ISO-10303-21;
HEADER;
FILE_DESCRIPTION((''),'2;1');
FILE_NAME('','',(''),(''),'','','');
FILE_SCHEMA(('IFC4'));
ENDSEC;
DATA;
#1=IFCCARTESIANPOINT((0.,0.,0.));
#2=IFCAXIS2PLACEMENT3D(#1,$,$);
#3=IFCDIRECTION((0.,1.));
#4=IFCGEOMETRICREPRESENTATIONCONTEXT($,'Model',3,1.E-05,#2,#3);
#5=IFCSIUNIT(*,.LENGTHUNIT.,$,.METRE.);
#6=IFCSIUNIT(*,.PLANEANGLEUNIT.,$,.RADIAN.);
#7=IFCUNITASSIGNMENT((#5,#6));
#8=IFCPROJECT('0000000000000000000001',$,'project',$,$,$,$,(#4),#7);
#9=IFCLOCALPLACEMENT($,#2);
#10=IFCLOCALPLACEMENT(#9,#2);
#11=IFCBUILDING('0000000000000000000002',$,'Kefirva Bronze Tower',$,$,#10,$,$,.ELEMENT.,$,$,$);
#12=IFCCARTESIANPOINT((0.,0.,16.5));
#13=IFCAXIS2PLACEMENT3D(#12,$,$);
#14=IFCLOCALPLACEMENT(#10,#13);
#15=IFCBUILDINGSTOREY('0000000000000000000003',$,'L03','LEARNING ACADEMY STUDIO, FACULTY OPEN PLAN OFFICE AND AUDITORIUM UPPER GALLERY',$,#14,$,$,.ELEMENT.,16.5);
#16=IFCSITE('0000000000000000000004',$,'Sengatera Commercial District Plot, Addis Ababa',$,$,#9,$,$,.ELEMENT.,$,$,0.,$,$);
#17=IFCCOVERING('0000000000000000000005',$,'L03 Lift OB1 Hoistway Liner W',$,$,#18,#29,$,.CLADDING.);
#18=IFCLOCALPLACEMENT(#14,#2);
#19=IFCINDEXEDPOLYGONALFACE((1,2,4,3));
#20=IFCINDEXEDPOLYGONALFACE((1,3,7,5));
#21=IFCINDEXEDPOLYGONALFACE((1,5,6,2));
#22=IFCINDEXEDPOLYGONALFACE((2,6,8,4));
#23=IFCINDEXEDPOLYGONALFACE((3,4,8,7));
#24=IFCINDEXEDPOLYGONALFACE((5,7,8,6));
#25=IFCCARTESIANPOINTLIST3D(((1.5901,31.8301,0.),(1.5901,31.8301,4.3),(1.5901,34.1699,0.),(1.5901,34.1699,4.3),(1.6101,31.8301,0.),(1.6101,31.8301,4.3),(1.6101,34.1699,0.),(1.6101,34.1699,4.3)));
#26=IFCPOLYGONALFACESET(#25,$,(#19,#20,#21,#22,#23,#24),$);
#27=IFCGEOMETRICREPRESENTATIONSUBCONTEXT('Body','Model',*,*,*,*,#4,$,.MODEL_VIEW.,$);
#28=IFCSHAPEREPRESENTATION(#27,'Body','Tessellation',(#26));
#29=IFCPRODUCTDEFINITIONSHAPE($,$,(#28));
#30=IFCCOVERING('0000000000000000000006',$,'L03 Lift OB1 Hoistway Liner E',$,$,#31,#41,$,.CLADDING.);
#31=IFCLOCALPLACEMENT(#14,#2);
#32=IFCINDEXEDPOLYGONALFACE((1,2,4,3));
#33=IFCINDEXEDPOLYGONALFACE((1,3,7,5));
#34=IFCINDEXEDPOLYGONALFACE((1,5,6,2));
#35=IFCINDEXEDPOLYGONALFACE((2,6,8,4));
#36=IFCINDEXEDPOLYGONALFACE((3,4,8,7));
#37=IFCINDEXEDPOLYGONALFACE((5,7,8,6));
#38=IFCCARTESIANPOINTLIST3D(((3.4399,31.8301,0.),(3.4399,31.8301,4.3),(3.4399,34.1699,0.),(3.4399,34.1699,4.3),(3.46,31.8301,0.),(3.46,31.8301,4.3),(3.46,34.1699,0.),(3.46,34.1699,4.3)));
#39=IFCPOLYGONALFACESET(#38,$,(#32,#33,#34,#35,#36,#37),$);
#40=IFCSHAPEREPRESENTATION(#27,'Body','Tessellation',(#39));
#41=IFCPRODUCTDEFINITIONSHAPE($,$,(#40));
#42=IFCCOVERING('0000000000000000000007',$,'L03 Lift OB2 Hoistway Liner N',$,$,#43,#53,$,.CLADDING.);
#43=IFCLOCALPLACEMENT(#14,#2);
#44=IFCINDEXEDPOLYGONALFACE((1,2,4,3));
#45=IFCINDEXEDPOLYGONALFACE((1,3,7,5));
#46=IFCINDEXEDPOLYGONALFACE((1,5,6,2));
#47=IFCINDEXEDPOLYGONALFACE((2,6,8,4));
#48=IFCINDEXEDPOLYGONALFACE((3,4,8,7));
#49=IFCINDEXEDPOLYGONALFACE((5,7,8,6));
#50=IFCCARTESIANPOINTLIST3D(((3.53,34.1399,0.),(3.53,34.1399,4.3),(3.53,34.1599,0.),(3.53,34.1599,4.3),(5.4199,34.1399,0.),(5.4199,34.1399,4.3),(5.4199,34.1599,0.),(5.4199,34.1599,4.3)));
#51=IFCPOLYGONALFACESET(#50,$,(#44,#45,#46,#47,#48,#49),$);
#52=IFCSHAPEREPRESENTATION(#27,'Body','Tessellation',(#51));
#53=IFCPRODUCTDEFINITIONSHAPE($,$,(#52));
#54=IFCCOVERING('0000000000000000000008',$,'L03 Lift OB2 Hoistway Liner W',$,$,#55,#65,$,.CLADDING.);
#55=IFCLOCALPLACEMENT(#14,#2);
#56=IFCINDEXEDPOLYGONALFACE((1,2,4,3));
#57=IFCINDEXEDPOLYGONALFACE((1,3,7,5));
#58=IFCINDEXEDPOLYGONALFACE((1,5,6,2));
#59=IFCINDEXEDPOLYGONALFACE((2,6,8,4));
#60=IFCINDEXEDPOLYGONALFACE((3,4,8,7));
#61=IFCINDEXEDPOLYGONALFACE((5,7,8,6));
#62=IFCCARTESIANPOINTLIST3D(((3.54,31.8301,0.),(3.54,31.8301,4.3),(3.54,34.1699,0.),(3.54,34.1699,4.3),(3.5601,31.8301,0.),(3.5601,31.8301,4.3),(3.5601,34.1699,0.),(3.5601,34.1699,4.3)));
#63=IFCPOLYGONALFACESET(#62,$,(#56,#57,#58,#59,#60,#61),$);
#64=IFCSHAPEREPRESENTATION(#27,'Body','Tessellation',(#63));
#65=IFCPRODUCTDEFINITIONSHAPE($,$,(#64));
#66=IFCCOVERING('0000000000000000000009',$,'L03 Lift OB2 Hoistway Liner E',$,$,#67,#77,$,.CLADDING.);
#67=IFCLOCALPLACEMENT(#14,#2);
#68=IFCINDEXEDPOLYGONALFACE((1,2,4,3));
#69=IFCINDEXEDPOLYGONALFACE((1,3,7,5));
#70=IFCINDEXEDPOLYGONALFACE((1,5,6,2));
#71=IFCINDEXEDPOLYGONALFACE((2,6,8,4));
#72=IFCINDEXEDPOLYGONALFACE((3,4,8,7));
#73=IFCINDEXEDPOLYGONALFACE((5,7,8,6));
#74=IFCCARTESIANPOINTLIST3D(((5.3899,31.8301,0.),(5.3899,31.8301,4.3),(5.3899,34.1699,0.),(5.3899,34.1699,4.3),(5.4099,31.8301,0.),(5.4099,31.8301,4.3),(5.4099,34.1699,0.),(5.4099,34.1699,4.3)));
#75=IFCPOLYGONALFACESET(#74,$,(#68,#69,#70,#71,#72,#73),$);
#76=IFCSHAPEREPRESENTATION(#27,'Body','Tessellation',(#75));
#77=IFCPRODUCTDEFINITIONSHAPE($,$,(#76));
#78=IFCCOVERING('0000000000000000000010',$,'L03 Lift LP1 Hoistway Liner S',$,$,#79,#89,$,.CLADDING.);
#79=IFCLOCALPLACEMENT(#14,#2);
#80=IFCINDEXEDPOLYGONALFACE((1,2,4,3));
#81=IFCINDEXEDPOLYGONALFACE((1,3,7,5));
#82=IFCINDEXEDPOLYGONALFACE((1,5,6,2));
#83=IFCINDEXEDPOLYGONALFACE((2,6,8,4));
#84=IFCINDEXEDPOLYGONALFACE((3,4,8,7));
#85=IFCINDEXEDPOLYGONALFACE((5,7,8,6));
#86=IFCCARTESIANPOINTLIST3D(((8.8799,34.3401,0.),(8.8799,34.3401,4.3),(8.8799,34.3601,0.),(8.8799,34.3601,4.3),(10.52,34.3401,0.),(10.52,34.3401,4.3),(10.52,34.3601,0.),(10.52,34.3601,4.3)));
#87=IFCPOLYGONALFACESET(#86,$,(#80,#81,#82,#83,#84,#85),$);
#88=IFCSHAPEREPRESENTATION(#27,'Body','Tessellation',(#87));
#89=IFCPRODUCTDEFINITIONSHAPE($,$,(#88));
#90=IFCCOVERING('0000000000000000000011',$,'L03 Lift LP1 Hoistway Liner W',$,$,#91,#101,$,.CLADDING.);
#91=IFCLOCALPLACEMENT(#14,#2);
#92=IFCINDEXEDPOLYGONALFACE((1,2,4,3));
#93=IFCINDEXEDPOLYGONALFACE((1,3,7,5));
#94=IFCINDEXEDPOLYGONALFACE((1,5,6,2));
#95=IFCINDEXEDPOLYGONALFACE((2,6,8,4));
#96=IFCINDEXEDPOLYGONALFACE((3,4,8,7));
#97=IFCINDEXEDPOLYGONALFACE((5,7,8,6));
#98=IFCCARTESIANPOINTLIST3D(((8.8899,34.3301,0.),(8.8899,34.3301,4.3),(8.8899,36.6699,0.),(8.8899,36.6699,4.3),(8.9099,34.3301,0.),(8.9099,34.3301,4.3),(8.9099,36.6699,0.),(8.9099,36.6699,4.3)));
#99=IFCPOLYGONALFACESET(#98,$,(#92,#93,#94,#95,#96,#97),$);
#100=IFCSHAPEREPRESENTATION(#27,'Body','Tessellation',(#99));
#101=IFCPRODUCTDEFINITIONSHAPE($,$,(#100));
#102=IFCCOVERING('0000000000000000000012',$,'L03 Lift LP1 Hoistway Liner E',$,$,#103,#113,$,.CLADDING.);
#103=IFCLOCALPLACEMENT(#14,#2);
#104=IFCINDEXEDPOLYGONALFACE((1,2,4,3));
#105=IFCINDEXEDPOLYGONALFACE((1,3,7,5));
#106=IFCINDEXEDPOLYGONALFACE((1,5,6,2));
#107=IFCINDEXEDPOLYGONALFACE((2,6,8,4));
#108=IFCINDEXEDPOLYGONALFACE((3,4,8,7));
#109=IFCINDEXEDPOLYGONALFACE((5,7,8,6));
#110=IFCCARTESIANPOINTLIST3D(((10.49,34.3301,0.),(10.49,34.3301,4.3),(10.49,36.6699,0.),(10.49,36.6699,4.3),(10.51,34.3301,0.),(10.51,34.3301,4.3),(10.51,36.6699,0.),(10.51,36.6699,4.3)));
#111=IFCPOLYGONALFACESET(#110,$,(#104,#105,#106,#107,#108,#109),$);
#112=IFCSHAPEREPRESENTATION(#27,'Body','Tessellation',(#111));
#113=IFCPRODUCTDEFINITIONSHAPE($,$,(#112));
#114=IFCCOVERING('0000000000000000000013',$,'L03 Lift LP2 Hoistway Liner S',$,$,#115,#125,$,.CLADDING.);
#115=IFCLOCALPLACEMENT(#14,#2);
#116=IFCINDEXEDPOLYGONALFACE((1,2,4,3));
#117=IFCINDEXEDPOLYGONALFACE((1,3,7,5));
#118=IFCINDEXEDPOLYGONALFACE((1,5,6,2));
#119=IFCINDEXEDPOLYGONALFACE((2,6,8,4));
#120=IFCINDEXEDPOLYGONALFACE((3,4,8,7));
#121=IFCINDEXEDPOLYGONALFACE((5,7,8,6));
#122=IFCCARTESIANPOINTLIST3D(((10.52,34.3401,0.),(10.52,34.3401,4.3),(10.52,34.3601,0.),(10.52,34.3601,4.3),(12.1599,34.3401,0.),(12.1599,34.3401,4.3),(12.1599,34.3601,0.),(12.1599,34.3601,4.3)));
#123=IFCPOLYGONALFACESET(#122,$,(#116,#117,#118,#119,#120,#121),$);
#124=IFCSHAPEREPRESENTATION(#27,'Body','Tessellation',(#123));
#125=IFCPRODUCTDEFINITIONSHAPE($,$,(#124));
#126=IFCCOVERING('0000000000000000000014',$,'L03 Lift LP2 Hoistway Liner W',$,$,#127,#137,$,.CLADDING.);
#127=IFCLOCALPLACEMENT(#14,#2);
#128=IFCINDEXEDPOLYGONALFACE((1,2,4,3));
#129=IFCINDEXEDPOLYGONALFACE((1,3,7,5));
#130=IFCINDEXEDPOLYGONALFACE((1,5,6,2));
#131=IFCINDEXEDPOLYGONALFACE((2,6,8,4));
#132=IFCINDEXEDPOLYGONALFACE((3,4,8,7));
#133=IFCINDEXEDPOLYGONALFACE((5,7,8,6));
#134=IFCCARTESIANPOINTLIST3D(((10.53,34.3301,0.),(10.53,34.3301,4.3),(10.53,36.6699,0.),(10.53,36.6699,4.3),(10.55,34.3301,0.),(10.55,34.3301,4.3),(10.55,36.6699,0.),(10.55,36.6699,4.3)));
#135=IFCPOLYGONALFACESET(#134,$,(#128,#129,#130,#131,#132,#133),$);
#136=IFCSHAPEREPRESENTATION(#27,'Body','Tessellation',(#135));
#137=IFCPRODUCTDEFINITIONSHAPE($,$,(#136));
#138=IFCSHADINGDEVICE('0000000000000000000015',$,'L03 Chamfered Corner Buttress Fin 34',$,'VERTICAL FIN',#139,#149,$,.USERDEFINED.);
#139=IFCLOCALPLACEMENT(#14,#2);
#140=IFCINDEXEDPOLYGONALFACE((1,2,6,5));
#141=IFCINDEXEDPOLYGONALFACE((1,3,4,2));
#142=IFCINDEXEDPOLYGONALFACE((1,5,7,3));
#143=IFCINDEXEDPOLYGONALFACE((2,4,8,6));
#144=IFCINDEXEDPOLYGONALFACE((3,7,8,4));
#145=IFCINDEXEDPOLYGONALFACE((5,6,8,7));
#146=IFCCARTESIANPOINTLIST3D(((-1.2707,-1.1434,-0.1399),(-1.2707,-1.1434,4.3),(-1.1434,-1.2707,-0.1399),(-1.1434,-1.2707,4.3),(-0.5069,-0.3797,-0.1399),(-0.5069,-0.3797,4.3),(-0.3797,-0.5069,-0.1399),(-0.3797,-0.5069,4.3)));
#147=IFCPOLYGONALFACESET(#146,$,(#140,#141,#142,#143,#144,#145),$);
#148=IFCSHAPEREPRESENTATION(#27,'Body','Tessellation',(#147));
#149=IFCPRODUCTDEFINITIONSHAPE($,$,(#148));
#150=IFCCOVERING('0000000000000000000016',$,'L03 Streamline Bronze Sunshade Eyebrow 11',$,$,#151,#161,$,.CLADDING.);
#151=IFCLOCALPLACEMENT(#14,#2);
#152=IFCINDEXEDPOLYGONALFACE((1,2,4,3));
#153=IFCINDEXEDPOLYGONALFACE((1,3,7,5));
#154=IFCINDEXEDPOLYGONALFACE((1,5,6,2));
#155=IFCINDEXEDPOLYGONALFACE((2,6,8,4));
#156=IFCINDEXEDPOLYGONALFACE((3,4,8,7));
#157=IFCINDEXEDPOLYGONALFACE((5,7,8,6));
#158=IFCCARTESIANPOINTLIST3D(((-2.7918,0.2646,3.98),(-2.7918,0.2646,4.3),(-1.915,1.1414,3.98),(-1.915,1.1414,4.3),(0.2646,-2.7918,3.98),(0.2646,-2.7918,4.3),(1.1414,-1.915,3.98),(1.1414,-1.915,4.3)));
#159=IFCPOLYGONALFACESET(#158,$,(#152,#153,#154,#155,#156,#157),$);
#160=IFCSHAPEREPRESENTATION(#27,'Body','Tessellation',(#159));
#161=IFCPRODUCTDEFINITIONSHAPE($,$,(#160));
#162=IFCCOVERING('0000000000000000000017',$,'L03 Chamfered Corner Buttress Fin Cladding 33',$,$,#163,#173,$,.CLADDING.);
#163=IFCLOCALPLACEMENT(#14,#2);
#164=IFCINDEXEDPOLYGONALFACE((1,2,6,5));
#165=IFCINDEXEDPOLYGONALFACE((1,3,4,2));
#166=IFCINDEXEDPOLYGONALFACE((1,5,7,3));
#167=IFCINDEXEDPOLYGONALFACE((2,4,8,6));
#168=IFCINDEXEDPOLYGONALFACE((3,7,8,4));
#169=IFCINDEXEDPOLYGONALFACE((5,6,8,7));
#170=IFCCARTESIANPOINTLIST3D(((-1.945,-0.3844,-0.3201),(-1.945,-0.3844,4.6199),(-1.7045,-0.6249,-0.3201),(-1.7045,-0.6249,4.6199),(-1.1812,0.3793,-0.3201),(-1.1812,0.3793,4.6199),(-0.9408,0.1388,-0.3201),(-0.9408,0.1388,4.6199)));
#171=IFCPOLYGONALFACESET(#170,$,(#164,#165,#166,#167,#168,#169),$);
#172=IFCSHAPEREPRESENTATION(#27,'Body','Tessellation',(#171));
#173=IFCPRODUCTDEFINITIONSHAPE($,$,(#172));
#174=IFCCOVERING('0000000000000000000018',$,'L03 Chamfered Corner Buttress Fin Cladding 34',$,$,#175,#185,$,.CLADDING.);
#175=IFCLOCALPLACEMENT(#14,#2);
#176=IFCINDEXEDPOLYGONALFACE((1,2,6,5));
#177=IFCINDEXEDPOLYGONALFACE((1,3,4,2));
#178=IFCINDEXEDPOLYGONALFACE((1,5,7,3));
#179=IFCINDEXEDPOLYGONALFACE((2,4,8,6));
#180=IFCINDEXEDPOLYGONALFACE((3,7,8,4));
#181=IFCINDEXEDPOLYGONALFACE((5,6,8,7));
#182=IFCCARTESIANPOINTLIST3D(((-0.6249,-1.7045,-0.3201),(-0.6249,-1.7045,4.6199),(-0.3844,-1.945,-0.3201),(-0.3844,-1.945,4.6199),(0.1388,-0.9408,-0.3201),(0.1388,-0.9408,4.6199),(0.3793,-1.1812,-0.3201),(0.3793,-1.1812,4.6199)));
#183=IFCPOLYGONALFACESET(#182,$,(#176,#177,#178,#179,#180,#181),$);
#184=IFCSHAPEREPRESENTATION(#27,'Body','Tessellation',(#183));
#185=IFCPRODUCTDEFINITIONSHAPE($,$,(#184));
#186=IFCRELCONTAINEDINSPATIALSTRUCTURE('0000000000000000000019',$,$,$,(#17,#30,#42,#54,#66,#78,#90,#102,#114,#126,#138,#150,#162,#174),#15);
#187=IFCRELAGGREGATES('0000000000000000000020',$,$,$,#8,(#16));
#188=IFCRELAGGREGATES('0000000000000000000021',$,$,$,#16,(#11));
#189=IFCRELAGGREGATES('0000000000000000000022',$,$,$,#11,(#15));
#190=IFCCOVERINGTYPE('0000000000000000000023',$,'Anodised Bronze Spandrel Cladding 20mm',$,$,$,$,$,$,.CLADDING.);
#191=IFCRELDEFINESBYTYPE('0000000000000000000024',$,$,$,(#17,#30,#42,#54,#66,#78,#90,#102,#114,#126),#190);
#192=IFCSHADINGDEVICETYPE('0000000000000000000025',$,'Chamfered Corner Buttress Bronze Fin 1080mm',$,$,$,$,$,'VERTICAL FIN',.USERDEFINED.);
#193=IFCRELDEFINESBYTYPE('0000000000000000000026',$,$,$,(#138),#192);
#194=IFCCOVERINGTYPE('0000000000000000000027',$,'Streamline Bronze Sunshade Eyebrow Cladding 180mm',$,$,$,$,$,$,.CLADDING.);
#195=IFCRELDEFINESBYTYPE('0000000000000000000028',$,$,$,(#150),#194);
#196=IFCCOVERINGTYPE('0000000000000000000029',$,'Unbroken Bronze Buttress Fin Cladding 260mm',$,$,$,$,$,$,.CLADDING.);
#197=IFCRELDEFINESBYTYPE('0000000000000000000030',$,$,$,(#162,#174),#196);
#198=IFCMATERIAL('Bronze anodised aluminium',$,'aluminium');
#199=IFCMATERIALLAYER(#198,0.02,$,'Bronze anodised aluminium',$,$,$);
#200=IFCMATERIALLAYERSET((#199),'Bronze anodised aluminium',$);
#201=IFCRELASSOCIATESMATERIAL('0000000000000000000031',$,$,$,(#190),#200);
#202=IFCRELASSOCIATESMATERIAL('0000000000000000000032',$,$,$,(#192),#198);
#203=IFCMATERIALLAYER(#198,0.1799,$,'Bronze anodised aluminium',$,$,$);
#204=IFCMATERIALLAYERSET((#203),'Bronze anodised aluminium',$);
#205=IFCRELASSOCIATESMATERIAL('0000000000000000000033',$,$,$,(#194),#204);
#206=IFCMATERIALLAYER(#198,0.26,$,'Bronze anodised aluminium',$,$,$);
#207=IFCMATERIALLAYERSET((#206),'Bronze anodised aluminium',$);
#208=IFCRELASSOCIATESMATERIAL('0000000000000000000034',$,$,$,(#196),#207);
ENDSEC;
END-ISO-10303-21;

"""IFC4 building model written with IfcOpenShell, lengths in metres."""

from ifc_helpers import new_model, si_unit, direction, frame, origin, origin_2d, place, context, subcontext, project, spatial, polyline, rectangle, outline, extrude, material, layer, layer_set, material_profile, profile_set, type_object, element, save


model = new_model("IFC4")

# Units and contexts
model_context = context("Model", 3, precision=1e-05, world=origin(), true_north=direction((0.0, 1.0)))
body_context = subcontext(model_context, "Body", "Model", "MODEL_VIEW")
ifc_project = project(units=[si_unit("LENGTHUNIT", "METRE"), si_unit("PLANEANGLEUNIT", "RADIAN")], contexts=[model_context])

# Site, building, storey
site_placement = place(None, origin())
site = spatial("IfcSite", under=ifc_project, at=site_placement, Name="Sengatera Commercial District Plot, Addis Ababa", CompositionType="ELEMENT", RefElevation=0.0)
building_placement = place(site_placement, origin())
building = spatial("IfcBuilding", under=site, at=building_placement, Name="Kefirva Bronze Tower", CompositionType="ELEMENT")
storey_placement = place(building_placement, frame((0.0, 0.0, 16.5)))
storey = spatial("IfcBuildingStorey", under=building, at=storey_placement, Name="L03", Description="LEARNING ACADEMY STUDIO, FACULTY OPEN PLAN OFFICE AND AUDITORIUM UPPER GALLERY", CompositionType="ELEMENT", Elevation=16.5)

# Coverings
ifc_material_1 = material(Name="Bronze anodised aluminium", Category="aluminium")
ifc_layer_1 = layer(ifc_material_1, 0.02, Name="Bronze anodised aluminium")
ifc_layer_set_1 = layer_set([ifc_layer_1], Name="Bronze anodised aluminium")
covering_type_1 = type_object("IfcCoveringType", Name="Anodised Bronze Spandrel Cladding 20mm", PredefinedType="CLADDING", material=ifc_layer_set_1)
covering_1_placement = place(storey_placement, origin())
element("IfcCovering", 1, at=covering_1_placement, inside=storey, type_object=covering_type_1, Name="L03 Lift OB1 Hoistway Liner W", PredefinedType="CLADDING", context=body_context, shape_type="SweptSolid", body=[
    extrude(outline(polyline([(1.5901, 31.8301), (1.6101, 31.8301), (1.6101, 34.1699), (1.5901, 34.1699), (1.5901, 31.8301)])), origin(), (0.0, 0.0, 1.0), 4.3),
])
covering_2_placement = place(storey_placement, origin())
element("IfcCovering", 2, at=covering_2_placement, inside=storey, type_object=covering_type_1, Name="L03 Lift OB1 Hoistway Liner E", PredefinedType="CLADDING", context=body_context, shape_type="SweptSolid", body=[
    extrude(outline(polyline([(3.4399, 31.8301), (3.46, 31.8301), (3.46, 34.1699), (3.4399, 34.1699), (3.4399, 31.8301)])), origin(), (0.0, 0.0, 1.0), 4.3),
])
covering_3_placement = place(storey_placement, origin())
element("IfcCovering", 3, at=covering_3_placement, inside=storey, type_object=covering_type_1, Name="L03 Lift OB2 Hoistway Liner N", PredefinedType="CLADDING", context=body_context, shape_type="SweptSolid", body=[
    extrude(outline(polyline([(3.53, 34.1399), (5.4199, 34.1399), (5.4199, 34.1599), (3.53, 34.1599), (3.53, 34.1399)])), origin(), (0.0, 0.0, 1.0), 4.3),
])
covering_4_placement = place(storey_placement, origin())
element("IfcCovering", 4, at=covering_4_placement, inside=storey, type_object=covering_type_1, Name="L03 Lift OB2 Hoistway Liner W", PredefinedType="CLADDING", context=body_context, shape_type="SweptSolid", body=[
    extrude(outline(polyline([(3.54, 31.8301), (3.5601, 31.8301), (3.5601, 34.1699), (3.54, 34.1699), (3.54, 31.8301)])), origin(), (0.0, 0.0, 1.0), 4.3),
])
covering_5_placement = place(storey_placement, origin())
element("IfcCovering", 5, at=covering_5_placement, inside=storey, type_object=covering_type_1, Name="L03 Lift OB2 Hoistway Liner E", PredefinedType="CLADDING", context=body_context, shape_type="SweptSolid", body=[
    extrude(outline(polyline([(5.3899, 31.8301), (5.4099, 31.8301), (5.4099, 34.1699), (5.3899, 34.1699), (5.3899, 31.8301)])), origin(), (0.0, 0.0, 1.0), 4.3),
])
covering_6_placement = place(storey_placement, origin())
element("IfcCovering", 6, at=covering_6_placement, inside=storey, type_object=covering_type_1, Name="L03 Lift LP1 Hoistway Liner S", PredefinedType="CLADDING", context=body_context, shape_type="SweptSolid", body=[
    extrude(outline(polyline([(8.8799, 34.3401), (10.52, 34.3401), (10.52, 34.3601), (8.8799, 34.3601), (8.8799, 34.3401)])), origin(), (0.0, 0.0, 1.0), 4.3),
])
covering_7_placement = place(storey_placement, origin())
element("IfcCovering", 7, at=covering_7_placement, inside=storey, type_object=covering_type_1, Name="L03 Lift LP1 Hoistway Liner W", PredefinedType="CLADDING", context=body_context, shape_type="SweptSolid", body=[
    extrude(outline(polyline([(8.8899, 34.3301), (8.9099, 34.3301), (8.9099, 36.6699), (8.8899, 36.6699), (8.8899, 34.3301)])), origin(), (0.0, 0.0, 1.0), 4.3),
])
covering_8_placement = place(storey_placement, origin())
element("IfcCovering", 8, at=covering_8_placement, inside=storey, type_object=covering_type_1, Name="L03 Lift LP1 Hoistway Liner E", PredefinedType="CLADDING", context=body_context, shape_type="SweptSolid", body=[
    extrude(outline(polyline([(10.49, 34.3301), (10.51, 34.3301), (10.51, 36.6699), (10.49, 36.6699), (10.49, 34.3301)])), origin(), (0.0, 0.0, 1.0), 4.3),
])
covering_9_placement = place(storey_placement, origin())
element("IfcCovering", 9, at=covering_9_placement, inside=storey, type_object=covering_type_1, Name="L03 Lift LP2 Hoistway Liner S", PredefinedType="CLADDING", context=body_context, shape_type="SweptSolid", body=[
    extrude(outline(polyline([(10.52, 34.3401), (12.1599, 34.3401), (12.1599, 34.3601), (10.52, 34.3601), (10.52, 34.3401)])), origin(), (0.0, 0.0, 1.0), 4.3),
])
covering_10_placement = place(storey_placement, origin())
element("IfcCovering", 10, at=covering_10_placement, inside=storey, type_object=covering_type_1, Name="L03 Lift LP2 Hoistway Liner W", PredefinedType="CLADDING", context=body_context, shape_type="SweptSolid", body=[
    extrude(outline(polyline([(10.53, 34.3301), (10.55, 34.3301), (10.55, 36.6699), (10.53, 36.6699), (10.53, 34.3301)])), origin(), (0.0, 0.0, 1.0), 4.3),
])

# Shading device
ifc_material_profile = material_profile(ifc_material_1, rectangle(XDim=0.1799, YDim=1.0801, at=origin_2d()), Name="BRONZE BUTTRESS FIN 180x1080")
ifc_profile_set = profile_set([ifc_material_profile], Name="Bronze anodised aluminium")
shading_device_type = type_object("IfcShadingDeviceType", Name="Chamfered Corner Buttress Bronze Fin 1080mm", ElementType="VERTICAL FIN", PredefinedType="USERDEFINED", material=ifc_profile_set)
shading_device_placement = place(storey_placement, frame((-0.8252, -0.8252, -0.1399), z_axis=(0.0, 0.0, 1.0), x_axis=(0.707107, -0.707107, 0.0)))
element("IfcShadingDevice", 11, at=shading_device_placement, inside=storey, type_object=shading_device_type, Name="L03 Chamfered Corner Buttress Fin 34", ObjectType="VERTICAL FIN", PredefinedType="USERDEFINED", context=body_context, shape_type="SweptSolid", body=[
    extrude(rectangle(XDim=0.1799, YDim=1.0801, at=origin_2d()), origin(), (0.0, 0.0, 1.0), 4.4399),
])

# Coverings
ifc_layer_2 = layer(ifc_material_1, 0.1799, Name="Bronze anodised aluminium")
ifc_layer_set_2 = layer_set([ifc_layer_2], Name="Bronze anodised aluminium")
covering_type_2 = type_object("IfcCoveringType", Name="Streamline Bronze Sunshade Eyebrow Cladding 180mm", PredefinedType="CLADDING", material=ifc_layer_set_2)
covering_11_placement = place(storey_placement, frame((-0.8252, -0.8252, 3.98), z_axis=(0.0, 0.0, 1.0), x_axis=(0.707107, -0.707107, 0.0)))
element("IfcCovering", 12, at=covering_11_placement, inside=storey, type_object=covering_type_2, Name="L03 Streamline Bronze Sunshade Eyebrow 11", PredefinedType="CLADDING", context=body_context, shape_type="SweptSolid", body=[
    extrude(rectangle(XDim=4.3225, YDim=1.24, at=origin_2d()), origin(), (0.0, 0.0, 1.0), 0.3201),
])
ifc_layer_3 = layer(ifc_material_1, 0.26, Name="Bronze anodised aluminium")
ifc_layer_set_3 = layer_set([ifc_layer_3], Name="Bronze anodised aluminium")
covering_type_3 = type_object("IfcCoveringType", Name="Unbroken Bronze Buttress Fin Cladding 260mm", PredefinedType="CLADDING", material=ifc_layer_set_3)
for number, where, z_axis, x_axis, name in (
    (13, (-1.4429, -0.1228, -0.3201), (0.0, 0.0, 1.0), (0.707107, -0.707107, 0.0), "L03 Chamfered Corner Buttress Fin Cladding 33"),
    (14, (-0.1228, -1.4429, -0.3201), (0.0, 0.0, 1.0), (0.707107, -0.707107, 0.0), "L03 Chamfered Corner Buttress Fin Cladding 34"),
):
    element("IfcCovering", number, at=place(storey_placement, frame(where, z_axis=z_axis, x_axis=x_axis)), inside=storey, type_object=covering_type_3, Name=name, PredefinedType="CLADDING", context=body_context, shape_type="SweptSolid", body=[
        extrude(rectangle(XDim=0.3401, YDim=1.0801, at=origin_2d()), origin(), (0.0, 0.0, 1.0), 4.9399),
    ])

save(model, "model.ifc")
